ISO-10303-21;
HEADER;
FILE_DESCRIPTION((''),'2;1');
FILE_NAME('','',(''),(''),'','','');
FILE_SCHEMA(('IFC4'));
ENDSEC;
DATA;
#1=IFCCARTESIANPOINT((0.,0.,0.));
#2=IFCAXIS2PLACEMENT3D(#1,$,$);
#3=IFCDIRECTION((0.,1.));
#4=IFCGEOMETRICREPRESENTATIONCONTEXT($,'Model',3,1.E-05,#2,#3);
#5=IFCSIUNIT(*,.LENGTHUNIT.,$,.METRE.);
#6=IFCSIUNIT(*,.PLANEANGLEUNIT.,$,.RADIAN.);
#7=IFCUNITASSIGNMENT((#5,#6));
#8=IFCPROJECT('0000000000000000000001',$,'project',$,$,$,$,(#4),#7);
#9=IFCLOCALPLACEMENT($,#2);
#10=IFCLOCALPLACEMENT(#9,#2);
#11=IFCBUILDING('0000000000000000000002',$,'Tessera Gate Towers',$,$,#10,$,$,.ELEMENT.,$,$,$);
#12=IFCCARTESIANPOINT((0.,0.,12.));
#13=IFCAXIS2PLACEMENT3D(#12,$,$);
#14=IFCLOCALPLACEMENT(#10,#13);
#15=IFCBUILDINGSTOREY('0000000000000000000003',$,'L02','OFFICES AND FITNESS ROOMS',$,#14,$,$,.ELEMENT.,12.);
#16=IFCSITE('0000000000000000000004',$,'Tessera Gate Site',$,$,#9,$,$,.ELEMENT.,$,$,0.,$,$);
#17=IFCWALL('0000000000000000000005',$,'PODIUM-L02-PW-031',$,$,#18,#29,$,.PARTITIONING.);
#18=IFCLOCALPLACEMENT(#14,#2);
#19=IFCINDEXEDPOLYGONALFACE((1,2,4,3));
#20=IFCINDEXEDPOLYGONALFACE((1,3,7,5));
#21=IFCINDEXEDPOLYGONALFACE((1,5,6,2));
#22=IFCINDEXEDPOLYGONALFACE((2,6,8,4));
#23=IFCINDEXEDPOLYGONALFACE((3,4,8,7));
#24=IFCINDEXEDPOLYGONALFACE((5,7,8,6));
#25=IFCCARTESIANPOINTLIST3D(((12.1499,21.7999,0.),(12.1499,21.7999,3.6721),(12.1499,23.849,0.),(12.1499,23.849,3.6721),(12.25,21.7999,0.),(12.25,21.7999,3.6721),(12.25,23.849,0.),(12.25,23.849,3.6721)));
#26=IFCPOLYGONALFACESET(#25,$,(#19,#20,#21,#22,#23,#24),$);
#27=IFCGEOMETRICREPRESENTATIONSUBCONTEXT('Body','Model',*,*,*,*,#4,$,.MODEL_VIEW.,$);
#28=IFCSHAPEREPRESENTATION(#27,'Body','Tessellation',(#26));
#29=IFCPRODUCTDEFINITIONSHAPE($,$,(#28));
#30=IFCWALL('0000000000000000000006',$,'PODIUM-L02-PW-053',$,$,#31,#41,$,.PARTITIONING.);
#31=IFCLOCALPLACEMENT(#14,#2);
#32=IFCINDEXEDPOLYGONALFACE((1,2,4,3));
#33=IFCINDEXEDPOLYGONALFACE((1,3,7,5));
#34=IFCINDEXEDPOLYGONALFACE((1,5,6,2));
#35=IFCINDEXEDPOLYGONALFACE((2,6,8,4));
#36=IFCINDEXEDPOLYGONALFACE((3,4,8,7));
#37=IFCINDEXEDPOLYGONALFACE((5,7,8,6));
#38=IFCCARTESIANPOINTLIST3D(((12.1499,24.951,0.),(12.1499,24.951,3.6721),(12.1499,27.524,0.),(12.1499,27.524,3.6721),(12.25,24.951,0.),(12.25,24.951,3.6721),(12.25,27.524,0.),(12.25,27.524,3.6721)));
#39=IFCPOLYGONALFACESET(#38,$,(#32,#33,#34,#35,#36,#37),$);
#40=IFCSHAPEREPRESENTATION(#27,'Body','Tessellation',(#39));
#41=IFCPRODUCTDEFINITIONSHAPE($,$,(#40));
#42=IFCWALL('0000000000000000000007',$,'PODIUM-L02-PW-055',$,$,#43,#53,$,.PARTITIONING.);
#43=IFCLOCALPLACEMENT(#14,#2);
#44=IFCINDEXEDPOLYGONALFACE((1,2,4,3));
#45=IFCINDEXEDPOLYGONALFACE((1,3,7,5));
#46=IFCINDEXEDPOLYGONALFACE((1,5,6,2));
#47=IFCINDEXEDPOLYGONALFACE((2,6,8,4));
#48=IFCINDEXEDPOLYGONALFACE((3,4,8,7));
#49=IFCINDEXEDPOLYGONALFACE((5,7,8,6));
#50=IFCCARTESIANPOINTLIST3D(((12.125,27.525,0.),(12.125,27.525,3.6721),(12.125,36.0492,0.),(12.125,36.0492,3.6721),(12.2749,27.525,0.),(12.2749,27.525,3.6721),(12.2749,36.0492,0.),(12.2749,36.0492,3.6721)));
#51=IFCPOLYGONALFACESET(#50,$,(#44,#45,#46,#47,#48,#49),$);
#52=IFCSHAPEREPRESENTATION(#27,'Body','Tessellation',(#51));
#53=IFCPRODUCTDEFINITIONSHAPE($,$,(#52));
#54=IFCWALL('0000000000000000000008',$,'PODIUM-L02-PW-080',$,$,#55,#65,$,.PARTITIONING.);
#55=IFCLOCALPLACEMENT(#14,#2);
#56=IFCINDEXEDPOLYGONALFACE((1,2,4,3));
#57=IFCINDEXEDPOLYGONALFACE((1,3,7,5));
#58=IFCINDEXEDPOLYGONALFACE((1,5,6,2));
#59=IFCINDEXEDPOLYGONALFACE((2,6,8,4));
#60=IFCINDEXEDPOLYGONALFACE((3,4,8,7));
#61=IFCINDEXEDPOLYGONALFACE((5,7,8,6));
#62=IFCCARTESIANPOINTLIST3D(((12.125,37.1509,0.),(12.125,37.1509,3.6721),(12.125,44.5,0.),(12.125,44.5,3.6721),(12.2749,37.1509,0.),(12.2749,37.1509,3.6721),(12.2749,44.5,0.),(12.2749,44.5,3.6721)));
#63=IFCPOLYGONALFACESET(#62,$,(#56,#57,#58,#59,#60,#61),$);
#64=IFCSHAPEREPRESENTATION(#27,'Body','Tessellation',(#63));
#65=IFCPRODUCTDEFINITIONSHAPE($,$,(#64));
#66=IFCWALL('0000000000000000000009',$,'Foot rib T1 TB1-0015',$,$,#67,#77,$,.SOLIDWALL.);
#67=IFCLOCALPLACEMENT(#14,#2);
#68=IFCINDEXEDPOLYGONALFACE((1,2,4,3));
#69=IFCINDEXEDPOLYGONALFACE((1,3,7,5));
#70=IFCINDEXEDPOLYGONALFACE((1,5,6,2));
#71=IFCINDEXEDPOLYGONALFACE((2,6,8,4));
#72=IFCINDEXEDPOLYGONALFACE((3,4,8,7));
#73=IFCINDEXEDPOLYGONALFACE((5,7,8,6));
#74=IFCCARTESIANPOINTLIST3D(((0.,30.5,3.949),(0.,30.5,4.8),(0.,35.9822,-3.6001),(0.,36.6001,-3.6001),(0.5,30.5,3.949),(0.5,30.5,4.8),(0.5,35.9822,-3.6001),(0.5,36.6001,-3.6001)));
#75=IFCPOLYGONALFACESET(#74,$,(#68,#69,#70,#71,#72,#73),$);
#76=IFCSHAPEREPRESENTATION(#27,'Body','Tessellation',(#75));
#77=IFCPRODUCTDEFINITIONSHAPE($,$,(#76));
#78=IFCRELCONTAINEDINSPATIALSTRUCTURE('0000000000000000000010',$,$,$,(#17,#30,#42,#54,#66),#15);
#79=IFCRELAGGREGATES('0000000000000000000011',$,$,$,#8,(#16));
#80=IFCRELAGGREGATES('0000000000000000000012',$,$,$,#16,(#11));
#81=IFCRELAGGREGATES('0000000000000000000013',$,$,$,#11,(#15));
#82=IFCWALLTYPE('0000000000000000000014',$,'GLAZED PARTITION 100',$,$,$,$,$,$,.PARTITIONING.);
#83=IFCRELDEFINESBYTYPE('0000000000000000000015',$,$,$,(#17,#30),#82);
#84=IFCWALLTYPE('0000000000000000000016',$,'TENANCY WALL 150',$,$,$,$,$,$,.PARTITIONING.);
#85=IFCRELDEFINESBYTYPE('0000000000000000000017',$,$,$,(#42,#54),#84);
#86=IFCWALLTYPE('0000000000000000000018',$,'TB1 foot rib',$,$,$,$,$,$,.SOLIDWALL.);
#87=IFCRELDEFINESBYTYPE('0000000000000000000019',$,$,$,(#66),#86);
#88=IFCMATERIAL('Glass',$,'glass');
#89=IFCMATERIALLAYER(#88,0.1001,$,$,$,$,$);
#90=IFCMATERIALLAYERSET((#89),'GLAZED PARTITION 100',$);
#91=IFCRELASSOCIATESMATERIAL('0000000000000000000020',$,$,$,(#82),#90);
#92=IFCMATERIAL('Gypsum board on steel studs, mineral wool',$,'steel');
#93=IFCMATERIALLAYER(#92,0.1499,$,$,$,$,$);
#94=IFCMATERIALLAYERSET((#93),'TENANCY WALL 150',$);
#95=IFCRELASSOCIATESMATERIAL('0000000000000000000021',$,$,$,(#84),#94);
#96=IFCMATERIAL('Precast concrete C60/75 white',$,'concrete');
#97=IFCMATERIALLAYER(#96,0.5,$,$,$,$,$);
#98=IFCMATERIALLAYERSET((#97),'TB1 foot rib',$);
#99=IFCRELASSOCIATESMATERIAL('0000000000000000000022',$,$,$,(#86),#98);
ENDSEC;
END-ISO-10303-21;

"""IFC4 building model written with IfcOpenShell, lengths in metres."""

from ifc_helpers import new_model, si_unit, direction, frame, frame_2d, origin, place, context, subcontext, project, spatial, polyline, rectangle, outline, extrude, source, transform, mapped, material, layer, layer_set, type_object, element, save


model = new_model("IFC4")

# Units and contexts
model_context = context("Model", 3, precision=1e-05, world=origin(), true_north=direction((0.0, 1.0)))
body_context = subcontext(model_context, "Body", "Model", "MODEL_VIEW")
ifc_project = project(units=[si_unit("LENGTHUNIT", "METRE"), si_unit("PLANEANGLEUNIT", "RADIAN")], contexts=[model_context])

# Site, building, storey
site_placement = place(None, origin())
site = spatial("IfcSite", under=ifc_project, at=site_placement, Name="Tessera Gate Site", CompositionType="ELEMENT", RefElevation=0.0)
building_placement = place(site_placement, origin())
building = spatial("IfcBuilding", under=site, at=building_placement, Name="Tessera Gate Towers", CompositionType="ELEMENT")
storey_placement = place(building_placement, frame((0.0, 0.0, 12.0)))
storey = spatial("IfcBuildingStorey", under=building, at=storey_placement, Name="L02", Description="OFFICES AND FITNESS ROOMS", CompositionType="ELEMENT", Elevation=12.0)

# Walls
ifc_material_1 = material(Name="Glass", Category="glass")
ifc_layer_1 = layer(ifc_material_1, 0.1001)
ifc_layer_set_1 = layer_set([ifc_layer_1], Name="GLAZED PARTITION 100")
wall_type_1 = type_object("IfcWallType", Name="GLAZED PARTITION 100", PredefinedType="PARTITIONING", material=ifc_layer_set_1)
wall_1_placement = place(storey_placement, frame((12.2, 21.8, 0.0), z_axis=(0.0, 0.0, 1.0), x_axis=(0.0, 1.0, 0.0)))
element("IfcWall", 1, at=wall_1_placement, inside=storey, type_object=wall_type_1, Name="PODIUM-L02-PW-031", PredefinedType="PARTITIONING", context=body_context, shape_type="SweptSolid", body=[
    extrude(rectangle(XDim=2.0491, YDim=0.1001, at=frame_2d((1.0244, 0.0))), origin(), (0.0, 0.0, 1.0), 3.6721),
])
wall_2_placement = place(storey_placement, frame((12.2, 24.9509, 0.0), z_axis=(0.0, 0.0, 1.0), x_axis=(0.0, 1.0, 0.0)))
element("IfcWall", 2, at=wall_2_placement, inside=storey, type_object=wall_type_1, Name="PODIUM-L02-PW-053", PredefinedType="PARTITIONING", context=body_context, shape_type="SweptSolid", body=[
    extrude(rectangle(XDim=2.573, YDim=0.1001, at=frame_2d((1.2866, 0.0))), origin(), (0.0, 0.0, 1.0), 3.6721),
])
ifc_material_2 = material(Name="Gypsum board on steel studs, mineral wool", Category="steel")
ifc_layer_2 = layer(ifc_material_2, 0.1499)
ifc_layer_set_2 = layer_set([ifc_layer_2], Name="TENANCY WALL 150")
wall_type_2 = type_object("IfcWallType", Name="TENANCY WALL 150", PredefinedType="PARTITIONING", material=ifc_layer_set_2)
wall_3_placement = place(storey_placement, frame((12.2, 27.5249, 0.0), z_axis=(0.0, 0.0, 1.0), x_axis=(0.0, 1.0, 0.0)))
element("IfcWall", 3, at=wall_3_placement, inside=storey, type_object=wall_type_2, Name="PODIUM-L02-PW-055", PredefinedType="PARTITIONING", context=body_context, shape_type="SweptSolid", body=[
    extrude(rectangle(XDim=8.5242, YDim=0.1499, at=frame_2d((4.2622, 0.0))), origin(), (0.0, 0.0, 1.0), 3.6721),
])
wall_4_placement = place(storey_placement, frame((12.2, 37.1509, 0.0), z_axis=(0.0, 0.0, 1.0), x_axis=(0.0, 1.0, 0.0)))
element("IfcWall", 4, at=wall_4_placement, inside=storey, type_object=wall_type_2, Name="PODIUM-L02-PW-080", PredefinedType="PARTITIONING", context=body_context, shape_type="SweptSolid", body=[
    extrude(rectangle(XDim=7.3491, YDim=0.1499, at=frame_2d((3.6746, 0.0))), origin(), (0.0, 0.0, 1.0), 3.6721),
])
ifc_material_3 = material(Name="Precast concrete C60/75 white", Category="concrete")
ifc_layer_3 = layer(ifc_material_3, 0.5)
ifc_layer_set_3 = layer_set([ifc_layer_3], Name="TB1 foot rib")
wall_type_3 = type_object("IfcWallType", Name="TB1 foot rib", PredefinedType="SOLIDWALL", material=ifc_layer_set_3)
shared_shape = source(origin(), body_context, "Body", "SweptSolid", [
    extrude(outline(polyline([(6.1001, 8.4001), (0.0, 0.0), (0.6179, 0.0), (6.1001, 7.5491), (6.1001, 8.4001)])), frame((0.0, 0.25, 0.0), z_axis=(0.0, -1.0, 0.0), x_axis=(1.0, 0.0, 0.0)), (0.0, 0.0, 1.0), 0.5),
])
wall_5_placement = place(storey_placement, frame((0.25, 36.6001, -3.6001), z_axis=(0.0, 0.0, 1.0), x_axis=(0.0, -1.0, 0.0)))
element("IfcWall", 5, at=wall_5_placement, inside=storey, type_object=wall_type_3, Name="Foot rib T1 TB1-0015", PredefinedType="SOLIDWALL", context=body_context, shape_type="MappedRepresentation", body=[
    mapped(shared_shape, transform((0.0, 0.0, 0.0), scale=1.0)),
])

save(model, "model.ifc")
